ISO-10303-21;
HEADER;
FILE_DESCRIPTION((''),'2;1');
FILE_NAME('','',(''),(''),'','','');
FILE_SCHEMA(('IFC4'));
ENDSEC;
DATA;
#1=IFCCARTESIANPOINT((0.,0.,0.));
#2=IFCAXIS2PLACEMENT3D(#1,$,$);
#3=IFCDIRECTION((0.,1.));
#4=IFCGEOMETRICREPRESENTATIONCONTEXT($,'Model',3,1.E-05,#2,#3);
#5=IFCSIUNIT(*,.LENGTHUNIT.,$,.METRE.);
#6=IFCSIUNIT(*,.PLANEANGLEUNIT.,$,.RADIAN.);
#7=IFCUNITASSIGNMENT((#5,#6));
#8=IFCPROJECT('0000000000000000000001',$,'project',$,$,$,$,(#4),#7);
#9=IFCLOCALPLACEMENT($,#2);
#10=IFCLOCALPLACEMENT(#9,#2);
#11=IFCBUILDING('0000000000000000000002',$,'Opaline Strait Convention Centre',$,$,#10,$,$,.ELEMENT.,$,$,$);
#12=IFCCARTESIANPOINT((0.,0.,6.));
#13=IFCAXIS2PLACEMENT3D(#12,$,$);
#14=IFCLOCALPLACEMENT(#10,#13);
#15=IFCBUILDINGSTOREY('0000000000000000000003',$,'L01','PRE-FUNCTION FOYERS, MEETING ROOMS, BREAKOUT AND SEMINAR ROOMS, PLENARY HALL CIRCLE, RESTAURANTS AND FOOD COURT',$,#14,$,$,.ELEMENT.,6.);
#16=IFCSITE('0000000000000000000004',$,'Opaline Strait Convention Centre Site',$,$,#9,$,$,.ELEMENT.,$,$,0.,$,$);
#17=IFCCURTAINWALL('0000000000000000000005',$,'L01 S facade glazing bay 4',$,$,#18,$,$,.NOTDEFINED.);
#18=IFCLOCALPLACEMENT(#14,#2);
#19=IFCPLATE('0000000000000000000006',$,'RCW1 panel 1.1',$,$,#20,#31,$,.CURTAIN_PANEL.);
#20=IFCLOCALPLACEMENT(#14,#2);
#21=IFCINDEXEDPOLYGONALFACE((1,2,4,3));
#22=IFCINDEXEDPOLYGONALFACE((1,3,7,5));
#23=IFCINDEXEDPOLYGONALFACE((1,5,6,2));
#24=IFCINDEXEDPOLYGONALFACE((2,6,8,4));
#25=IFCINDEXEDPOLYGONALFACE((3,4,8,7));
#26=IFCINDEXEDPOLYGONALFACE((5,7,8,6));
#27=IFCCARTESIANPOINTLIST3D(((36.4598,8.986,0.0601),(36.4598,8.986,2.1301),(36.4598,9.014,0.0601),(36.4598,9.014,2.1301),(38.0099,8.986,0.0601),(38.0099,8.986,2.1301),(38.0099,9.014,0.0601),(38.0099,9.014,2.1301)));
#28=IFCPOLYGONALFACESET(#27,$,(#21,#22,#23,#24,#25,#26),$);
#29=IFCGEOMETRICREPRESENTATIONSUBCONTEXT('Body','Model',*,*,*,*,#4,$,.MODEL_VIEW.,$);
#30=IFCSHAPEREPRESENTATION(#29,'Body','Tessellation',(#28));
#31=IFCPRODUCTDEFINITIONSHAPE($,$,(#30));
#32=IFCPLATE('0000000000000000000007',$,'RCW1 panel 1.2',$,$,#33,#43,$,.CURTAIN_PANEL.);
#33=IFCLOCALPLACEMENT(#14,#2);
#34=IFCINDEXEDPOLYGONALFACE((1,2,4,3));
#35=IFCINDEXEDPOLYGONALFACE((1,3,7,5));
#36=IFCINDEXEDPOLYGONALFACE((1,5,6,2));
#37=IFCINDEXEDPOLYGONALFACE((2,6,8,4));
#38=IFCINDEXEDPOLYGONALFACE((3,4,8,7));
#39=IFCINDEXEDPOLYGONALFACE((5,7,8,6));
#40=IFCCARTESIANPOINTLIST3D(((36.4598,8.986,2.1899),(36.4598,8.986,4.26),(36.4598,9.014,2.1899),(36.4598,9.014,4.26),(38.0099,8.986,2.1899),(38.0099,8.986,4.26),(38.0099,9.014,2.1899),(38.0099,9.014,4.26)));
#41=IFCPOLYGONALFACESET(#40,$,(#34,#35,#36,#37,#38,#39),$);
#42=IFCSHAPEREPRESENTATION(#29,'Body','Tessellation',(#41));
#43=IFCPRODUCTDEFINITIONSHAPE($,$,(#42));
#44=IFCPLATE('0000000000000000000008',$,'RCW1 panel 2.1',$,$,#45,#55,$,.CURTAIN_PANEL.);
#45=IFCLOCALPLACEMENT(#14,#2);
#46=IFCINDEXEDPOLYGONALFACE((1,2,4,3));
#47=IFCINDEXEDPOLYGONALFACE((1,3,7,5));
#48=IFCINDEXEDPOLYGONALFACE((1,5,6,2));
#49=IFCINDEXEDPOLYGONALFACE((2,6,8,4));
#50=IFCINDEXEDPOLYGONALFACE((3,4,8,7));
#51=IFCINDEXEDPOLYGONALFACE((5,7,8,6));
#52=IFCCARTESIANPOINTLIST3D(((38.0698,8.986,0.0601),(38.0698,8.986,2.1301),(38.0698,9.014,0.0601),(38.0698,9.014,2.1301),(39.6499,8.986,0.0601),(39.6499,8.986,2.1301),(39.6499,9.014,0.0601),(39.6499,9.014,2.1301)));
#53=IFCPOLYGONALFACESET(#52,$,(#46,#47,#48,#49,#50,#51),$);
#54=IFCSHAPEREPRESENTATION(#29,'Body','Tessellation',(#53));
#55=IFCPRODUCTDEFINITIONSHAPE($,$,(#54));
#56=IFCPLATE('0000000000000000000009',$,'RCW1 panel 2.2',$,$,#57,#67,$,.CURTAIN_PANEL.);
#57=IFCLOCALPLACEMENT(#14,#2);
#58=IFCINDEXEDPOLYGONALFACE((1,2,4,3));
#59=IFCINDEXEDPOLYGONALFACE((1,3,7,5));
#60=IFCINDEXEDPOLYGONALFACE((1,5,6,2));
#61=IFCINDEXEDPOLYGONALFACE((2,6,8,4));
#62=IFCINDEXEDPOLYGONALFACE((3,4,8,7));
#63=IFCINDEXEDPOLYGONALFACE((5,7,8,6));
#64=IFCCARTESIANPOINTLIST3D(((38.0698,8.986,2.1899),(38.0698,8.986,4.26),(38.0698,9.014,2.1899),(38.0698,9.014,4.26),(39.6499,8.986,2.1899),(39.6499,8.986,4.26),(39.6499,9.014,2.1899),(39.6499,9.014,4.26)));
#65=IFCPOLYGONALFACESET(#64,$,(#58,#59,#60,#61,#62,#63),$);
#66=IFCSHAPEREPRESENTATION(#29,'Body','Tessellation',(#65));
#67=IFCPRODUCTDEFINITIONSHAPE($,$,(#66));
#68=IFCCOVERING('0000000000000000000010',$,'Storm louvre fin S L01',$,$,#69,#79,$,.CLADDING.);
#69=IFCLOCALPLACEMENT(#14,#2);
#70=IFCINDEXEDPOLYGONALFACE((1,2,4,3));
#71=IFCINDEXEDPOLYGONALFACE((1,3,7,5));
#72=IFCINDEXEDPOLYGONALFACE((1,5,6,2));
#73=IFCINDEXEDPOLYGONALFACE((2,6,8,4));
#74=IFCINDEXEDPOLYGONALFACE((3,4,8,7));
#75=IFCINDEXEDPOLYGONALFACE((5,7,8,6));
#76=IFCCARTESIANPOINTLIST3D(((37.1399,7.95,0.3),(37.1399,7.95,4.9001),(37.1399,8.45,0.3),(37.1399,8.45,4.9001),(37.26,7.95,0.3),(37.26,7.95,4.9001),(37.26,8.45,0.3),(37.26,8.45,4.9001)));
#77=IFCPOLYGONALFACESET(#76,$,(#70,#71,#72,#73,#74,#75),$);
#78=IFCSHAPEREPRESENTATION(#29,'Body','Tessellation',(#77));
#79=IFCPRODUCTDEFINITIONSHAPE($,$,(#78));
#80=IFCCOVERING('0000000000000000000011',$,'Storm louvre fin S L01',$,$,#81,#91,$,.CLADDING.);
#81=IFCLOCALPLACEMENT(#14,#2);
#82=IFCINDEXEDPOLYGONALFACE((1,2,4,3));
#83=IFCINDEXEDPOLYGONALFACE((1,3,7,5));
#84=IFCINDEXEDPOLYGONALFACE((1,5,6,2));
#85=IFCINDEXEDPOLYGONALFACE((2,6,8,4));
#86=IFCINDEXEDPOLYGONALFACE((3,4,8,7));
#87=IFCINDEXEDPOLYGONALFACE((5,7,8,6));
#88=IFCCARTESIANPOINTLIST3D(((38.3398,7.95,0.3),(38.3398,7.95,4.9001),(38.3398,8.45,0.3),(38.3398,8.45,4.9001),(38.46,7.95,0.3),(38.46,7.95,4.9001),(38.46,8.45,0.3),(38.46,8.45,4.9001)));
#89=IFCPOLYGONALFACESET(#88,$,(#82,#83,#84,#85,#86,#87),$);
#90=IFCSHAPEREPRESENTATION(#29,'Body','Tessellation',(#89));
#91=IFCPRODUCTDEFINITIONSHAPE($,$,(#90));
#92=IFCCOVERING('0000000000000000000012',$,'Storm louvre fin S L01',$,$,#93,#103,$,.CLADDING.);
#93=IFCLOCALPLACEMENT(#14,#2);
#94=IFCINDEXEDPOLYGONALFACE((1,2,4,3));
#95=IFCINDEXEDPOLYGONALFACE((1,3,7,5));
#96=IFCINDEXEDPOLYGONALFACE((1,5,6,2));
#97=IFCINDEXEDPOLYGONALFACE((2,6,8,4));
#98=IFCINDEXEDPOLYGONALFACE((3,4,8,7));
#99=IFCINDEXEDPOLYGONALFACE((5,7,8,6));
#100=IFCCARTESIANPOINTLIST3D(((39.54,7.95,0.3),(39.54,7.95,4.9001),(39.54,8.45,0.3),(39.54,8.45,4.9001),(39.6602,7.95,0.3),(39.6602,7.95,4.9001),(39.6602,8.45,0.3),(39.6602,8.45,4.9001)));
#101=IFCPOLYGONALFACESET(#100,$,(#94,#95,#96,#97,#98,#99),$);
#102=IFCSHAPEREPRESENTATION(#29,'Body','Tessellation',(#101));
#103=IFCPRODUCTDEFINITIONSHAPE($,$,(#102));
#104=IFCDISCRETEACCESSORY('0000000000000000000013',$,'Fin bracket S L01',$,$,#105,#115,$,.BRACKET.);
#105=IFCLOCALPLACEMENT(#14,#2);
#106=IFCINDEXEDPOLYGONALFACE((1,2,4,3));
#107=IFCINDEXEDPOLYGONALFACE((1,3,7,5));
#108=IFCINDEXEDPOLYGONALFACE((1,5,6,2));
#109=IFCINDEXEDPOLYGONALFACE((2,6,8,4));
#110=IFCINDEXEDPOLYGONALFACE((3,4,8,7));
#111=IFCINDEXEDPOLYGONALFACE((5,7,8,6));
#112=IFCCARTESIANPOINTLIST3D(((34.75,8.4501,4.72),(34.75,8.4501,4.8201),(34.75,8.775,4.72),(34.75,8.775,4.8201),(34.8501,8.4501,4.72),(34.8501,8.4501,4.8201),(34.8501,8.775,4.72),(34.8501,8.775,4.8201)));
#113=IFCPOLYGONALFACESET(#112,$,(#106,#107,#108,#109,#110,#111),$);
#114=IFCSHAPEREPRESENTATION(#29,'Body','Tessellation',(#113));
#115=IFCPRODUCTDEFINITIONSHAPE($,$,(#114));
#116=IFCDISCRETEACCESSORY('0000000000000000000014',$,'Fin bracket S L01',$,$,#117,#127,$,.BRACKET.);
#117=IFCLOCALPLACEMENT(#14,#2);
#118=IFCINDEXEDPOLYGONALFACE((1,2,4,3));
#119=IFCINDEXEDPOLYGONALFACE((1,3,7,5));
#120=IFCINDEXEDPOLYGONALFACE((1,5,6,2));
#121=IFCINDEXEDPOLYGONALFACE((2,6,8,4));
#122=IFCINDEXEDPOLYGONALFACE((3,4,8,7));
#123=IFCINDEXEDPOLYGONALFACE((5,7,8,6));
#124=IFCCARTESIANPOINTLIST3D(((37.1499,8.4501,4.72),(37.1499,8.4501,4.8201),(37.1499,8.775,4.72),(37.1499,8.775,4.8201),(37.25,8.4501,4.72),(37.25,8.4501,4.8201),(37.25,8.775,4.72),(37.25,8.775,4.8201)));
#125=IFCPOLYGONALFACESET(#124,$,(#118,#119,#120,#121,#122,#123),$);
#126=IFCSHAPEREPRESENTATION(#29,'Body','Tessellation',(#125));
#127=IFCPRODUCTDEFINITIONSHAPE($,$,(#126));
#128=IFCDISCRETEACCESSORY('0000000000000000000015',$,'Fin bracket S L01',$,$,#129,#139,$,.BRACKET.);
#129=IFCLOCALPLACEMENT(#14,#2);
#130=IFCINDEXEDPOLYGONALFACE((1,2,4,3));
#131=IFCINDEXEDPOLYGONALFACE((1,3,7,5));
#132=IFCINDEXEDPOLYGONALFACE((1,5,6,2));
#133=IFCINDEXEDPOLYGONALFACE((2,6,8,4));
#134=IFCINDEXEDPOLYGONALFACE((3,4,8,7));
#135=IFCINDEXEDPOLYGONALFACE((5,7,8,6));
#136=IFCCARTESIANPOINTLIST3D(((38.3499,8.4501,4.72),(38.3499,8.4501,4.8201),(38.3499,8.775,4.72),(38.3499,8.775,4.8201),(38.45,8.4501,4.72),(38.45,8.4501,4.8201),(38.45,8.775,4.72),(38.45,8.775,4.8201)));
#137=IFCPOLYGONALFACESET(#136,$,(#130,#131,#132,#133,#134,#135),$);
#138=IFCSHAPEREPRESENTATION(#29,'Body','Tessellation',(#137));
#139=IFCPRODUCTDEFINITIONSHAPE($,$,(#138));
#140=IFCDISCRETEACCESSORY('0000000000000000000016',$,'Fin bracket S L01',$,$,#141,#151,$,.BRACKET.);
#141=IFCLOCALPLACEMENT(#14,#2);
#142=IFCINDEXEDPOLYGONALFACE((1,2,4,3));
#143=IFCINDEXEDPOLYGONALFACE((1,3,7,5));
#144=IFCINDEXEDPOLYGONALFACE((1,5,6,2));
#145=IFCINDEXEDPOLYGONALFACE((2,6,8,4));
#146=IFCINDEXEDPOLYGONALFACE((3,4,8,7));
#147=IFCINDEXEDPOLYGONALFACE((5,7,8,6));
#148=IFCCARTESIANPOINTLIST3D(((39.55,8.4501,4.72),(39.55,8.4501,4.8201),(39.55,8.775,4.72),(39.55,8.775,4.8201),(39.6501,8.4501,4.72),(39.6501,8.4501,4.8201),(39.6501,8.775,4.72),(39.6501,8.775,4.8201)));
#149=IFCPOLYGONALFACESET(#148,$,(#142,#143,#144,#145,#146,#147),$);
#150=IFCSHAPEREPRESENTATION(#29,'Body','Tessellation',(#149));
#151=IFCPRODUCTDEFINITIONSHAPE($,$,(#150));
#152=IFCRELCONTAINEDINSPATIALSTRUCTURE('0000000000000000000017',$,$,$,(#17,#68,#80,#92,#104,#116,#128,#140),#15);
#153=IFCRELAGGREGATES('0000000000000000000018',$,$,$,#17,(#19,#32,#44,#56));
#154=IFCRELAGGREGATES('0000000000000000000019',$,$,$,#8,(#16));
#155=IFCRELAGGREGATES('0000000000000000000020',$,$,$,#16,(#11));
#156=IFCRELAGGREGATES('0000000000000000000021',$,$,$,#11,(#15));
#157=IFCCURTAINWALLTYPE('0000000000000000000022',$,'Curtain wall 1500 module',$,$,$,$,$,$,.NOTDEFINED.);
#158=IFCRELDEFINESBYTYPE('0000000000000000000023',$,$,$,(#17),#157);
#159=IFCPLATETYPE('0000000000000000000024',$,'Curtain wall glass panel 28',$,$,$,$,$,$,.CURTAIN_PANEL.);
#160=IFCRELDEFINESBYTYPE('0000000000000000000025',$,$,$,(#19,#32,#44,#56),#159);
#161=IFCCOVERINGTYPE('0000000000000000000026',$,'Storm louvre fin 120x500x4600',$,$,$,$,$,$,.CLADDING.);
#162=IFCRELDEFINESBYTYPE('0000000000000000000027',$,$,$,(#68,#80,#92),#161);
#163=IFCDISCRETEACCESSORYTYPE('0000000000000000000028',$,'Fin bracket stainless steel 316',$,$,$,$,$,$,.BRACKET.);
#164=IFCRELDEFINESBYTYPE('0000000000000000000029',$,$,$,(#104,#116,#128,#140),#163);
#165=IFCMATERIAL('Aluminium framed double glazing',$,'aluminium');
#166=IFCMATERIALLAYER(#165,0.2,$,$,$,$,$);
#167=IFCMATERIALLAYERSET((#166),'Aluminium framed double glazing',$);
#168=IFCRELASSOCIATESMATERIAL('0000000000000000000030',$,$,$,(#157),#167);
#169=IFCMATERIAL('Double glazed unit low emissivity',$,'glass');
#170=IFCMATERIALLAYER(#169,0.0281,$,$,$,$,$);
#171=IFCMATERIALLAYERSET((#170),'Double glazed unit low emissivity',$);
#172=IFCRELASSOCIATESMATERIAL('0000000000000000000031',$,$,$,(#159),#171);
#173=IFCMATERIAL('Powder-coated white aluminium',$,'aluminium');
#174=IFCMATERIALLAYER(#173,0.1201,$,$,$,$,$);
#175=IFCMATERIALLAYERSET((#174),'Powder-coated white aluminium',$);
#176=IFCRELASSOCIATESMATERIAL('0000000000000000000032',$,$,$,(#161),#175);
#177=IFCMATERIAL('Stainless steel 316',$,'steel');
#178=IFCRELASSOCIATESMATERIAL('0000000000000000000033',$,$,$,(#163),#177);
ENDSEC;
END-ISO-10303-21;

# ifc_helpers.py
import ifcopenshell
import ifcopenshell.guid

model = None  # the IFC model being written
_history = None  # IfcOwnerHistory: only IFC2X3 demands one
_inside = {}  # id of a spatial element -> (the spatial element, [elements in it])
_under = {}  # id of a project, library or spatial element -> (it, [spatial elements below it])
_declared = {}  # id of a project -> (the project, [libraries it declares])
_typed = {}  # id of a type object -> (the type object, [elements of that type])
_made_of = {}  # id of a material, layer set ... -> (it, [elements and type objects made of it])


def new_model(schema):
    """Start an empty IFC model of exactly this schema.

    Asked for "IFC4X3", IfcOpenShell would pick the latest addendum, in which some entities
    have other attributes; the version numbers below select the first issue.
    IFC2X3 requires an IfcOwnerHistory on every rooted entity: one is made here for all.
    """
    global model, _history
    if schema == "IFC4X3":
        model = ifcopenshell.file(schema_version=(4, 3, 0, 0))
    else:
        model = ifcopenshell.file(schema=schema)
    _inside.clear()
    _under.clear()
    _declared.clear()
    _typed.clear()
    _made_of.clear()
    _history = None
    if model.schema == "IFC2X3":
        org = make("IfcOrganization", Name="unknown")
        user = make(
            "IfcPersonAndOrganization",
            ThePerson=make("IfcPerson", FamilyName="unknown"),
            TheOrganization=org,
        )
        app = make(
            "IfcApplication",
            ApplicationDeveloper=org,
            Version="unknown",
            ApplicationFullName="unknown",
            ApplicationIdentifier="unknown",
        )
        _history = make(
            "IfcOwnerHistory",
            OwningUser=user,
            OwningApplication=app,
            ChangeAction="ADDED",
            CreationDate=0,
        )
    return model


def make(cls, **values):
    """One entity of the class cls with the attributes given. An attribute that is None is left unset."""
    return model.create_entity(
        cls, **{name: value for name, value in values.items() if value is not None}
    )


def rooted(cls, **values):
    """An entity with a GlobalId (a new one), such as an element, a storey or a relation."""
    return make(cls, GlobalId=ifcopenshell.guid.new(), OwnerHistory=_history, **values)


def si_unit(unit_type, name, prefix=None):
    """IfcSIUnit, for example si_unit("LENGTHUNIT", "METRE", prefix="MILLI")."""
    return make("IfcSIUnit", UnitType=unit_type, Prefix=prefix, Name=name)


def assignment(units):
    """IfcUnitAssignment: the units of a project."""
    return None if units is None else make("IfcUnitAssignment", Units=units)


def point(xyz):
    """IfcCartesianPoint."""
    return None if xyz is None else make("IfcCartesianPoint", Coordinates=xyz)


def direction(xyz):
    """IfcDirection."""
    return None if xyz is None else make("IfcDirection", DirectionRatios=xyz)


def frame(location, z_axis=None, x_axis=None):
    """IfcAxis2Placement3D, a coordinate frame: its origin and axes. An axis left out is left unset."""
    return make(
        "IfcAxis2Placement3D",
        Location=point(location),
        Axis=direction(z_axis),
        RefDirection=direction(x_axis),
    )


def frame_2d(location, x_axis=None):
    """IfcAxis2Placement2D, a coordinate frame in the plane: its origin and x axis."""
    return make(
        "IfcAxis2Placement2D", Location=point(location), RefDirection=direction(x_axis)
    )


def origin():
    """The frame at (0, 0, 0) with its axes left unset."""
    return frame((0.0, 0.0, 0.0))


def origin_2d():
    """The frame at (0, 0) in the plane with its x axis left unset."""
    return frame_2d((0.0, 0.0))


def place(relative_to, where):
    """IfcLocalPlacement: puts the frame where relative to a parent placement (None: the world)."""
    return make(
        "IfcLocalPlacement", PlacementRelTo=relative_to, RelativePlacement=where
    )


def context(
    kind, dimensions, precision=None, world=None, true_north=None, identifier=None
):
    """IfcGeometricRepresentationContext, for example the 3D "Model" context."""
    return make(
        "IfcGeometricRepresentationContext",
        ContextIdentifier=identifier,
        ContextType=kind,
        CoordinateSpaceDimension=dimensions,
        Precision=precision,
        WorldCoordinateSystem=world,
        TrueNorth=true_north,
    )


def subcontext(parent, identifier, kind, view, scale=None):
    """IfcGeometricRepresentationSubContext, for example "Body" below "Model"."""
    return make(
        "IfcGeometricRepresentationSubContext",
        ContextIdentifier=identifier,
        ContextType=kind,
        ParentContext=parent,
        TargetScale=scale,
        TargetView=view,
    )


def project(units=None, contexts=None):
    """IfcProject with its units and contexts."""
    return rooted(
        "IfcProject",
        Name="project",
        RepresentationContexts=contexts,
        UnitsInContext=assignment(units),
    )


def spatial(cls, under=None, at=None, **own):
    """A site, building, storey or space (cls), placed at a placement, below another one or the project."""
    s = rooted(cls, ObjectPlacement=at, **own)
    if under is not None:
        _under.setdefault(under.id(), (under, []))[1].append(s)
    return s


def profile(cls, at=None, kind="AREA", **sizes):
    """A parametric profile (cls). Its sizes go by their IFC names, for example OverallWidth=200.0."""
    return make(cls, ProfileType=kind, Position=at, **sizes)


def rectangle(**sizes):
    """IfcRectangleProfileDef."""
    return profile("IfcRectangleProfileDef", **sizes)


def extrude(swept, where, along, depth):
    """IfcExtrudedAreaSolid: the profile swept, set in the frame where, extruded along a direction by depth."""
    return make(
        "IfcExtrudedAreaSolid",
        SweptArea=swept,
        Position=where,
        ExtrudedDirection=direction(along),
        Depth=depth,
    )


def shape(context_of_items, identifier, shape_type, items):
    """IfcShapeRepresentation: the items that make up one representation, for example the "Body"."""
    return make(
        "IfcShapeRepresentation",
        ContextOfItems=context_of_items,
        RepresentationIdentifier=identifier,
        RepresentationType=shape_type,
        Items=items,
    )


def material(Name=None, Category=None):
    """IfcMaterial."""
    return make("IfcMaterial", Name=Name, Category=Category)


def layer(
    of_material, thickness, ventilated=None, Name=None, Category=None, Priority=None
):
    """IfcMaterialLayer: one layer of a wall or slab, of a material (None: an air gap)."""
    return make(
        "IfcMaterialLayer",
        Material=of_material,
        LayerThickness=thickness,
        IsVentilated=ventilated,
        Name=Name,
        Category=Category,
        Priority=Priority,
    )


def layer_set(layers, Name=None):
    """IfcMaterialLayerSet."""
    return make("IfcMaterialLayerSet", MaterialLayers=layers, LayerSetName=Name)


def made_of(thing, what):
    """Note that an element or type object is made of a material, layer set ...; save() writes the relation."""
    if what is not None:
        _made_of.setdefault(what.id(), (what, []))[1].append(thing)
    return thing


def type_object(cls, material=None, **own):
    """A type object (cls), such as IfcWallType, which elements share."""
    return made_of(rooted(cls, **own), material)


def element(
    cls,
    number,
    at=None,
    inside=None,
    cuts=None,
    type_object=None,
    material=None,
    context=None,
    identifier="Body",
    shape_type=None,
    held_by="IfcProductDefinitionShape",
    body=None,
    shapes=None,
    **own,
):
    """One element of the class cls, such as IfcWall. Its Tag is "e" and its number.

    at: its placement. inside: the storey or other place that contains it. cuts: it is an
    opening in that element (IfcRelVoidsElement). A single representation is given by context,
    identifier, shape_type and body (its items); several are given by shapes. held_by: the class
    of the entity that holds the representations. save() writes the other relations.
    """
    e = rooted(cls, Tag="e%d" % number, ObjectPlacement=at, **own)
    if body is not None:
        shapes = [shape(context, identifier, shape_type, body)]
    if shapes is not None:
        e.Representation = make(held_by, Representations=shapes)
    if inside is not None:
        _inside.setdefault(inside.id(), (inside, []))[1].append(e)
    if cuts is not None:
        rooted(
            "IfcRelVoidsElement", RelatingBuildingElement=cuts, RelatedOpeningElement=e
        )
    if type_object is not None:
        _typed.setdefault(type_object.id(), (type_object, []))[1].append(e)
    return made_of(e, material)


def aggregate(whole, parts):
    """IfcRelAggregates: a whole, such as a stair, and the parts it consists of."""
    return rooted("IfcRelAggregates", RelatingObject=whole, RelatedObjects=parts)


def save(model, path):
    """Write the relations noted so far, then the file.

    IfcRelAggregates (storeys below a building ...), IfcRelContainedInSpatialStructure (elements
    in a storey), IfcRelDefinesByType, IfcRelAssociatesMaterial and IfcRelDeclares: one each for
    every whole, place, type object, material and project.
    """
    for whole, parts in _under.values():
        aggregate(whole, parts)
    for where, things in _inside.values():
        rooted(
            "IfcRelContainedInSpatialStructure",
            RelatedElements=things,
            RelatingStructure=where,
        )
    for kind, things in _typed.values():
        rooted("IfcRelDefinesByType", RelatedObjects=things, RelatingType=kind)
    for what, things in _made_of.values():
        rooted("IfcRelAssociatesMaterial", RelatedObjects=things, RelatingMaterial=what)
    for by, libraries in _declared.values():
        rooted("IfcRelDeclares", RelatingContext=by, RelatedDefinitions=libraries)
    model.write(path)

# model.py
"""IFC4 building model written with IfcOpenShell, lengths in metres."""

from ifc_helpers import new_model, si_unit, direction, frame, origin, origin_2d, place, context, subcontext, project, spatial, rectangle, extrude, material, layer, layer_set, type_object, element, aggregate, save


model = new_model("IFC4")

# Units and contexts
model_context = context("Model", 3, precision=1e-05, world=origin(), true_north=direction((0.0, 1.0)))
body_context = subcontext(model_context, "Body", "Model", "MODEL_VIEW")
ifc_project = project(units=[si_unit("LENGTHUNIT", "METRE"), si_unit("PLANEANGLEUNIT", "RADIAN")], contexts=[model_context])

# Site, building, storey
site_placement = place(None, origin())
site = spatial("IfcSite", under=ifc_project, at=site_placement, Name="Opaline Strait Convention Centre Site", CompositionType="ELEMENT", RefElevation=0.0)
building_placement = place(site_placement, origin())
building = spatial("IfcBuilding", under=site, at=building_placement, Name="Opaline Strait Convention Centre", CompositionType="ELEMENT")
storey_placement = place(building_placement, frame((0.0, 0.0, 6.0)))
storey = spatial("IfcBuildingStorey", under=building, at=storey_placement, Name="L01", Description="PRE-FUNCTION FOYERS, MEETING ROOMS, BREAKOUT AND SEMINAR ROOMS, PLENARY HALL CIRCLE, RESTAURANTS AND FOOD COURT", CompositionType="ELEMENT", Elevation=6.0)

# Shared definitions
ifc_material_1 = material(Name="Aluminium framed double glazing", Category="aluminium")
ifc_layer_1 = layer(ifc_material_1, 0.2)
ifc_layer_set_1 = layer_set([ifc_layer_1], Name="Aluminium framed double glazing")
curtain_wall_type = type_object("IfcCurtainWallType", Name="Curtain wall 1500 module", PredefinedType="NOTDEFINED", material=ifc_layer_set_1)

# Curtain wall
curtain_wall_1_placement = place(storey_placement, origin())
curtain_wall_1 = element("IfcCurtainWall", 1, at=curtain_wall_1_placement, inside=storey, type_object=curtain_wall_type, Name="L01 S facade glazing bay 4", PredefinedType="NOTDEFINED")

# Plates
ifc_material_2 = material(Name="Double glazed unit low emissivity", Category="glass")
ifc_layer_2 = layer(ifc_material_2, 0.0281)
ifc_layer_set_2 = layer_set([ifc_layer_2], Name="Double glazed unit low emissivity")
plate_type = type_object("IfcPlateType", Name="Curtain wall glass panel 28", PredefinedType="CURTAIN_PANEL", material=ifc_layer_set_2)
plate_1_placement = place(storey_placement, frame((37.2349, 9.0, 0.0601), z_axis=(0.0, 0.0, 1.0), x_axis=(1.0, 0.0, 0.0)))
plate_1 = element("IfcPlate", 2, at=plate_1_placement, type_object=plate_type, Name="RCW1 panel 1.1", PredefinedType="CURTAIN_PANEL", context=body_context, shape_type="SweptSolid", body=[
    extrude(rectangle(XDim=1.55, YDim=0.0281, at=origin_2d()), origin(), (0.0, 0.0, 1.0), 2.0701),
])
plate_2_placement = place(storey_placement, frame((37.2349, 9.0, 2.1899), z_axis=(0.0, 0.0, 1.0), x_axis=(1.0, 0.0, 0.0)))
plate_2 = element("IfcPlate", 3, at=plate_2_placement, type_object=plate_type, Name="RCW1 panel 1.2", PredefinedType="CURTAIN_PANEL", context=body_context, shape_type="SweptSolid", body=[
    extrude(rectangle(XDim=1.55, YDim=0.0281, at=origin_2d()), origin(), (0.0, 0.0, 1.0), 2.0701),
])
plate_3_placement = place(storey_placement, frame((38.8599, 9.0, 0.0601), z_axis=(0.0, 0.0, 1.0), x_axis=(1.0, 0.0, 0.0)))
plate_3 = element("IfcPlate", 4, at=plate_3_placement, type_object=plate_type, Name="RCW1 panel 2.1", PredefinedType="CURTAIN_PANEL", context=body_context, shape_type="SweptSolid", body=[
    extrude(rectangle(XDim=1.5801, YDim=0.0281, at=origin_2d()), origin(), (0.0, 0.0, 1.0), 2.0701),
])
plate_4_placement = place(storey_placement, frame((38.8599, 9.0, 2.1899), z_axis=(0.0, 0.0, 1.0), x_axis=(1.0, 0.0, 0.0)))
plate_4 = element("IfcPlate", 5, at=plate_4_placement, type_object=plate_type, Name="RCW1 panel 2.2", PredefinedType="CURTAIN_PANEL", context=body_context, shape_type="SweptSolid", body=[
    extrude(rectangle(XDim=1.5801, YDim=0.0281, at=origin_2d()), origin(), (0.0, 0.0, 1.0), 2.0701),
])
aggregate(curtain_wall_1, [plate_1, plate_2, plate_3, plate_4])

# Coverings
ifc_material_3 = material(Name="Powder-coated white aluminium", Category="aluminium")
ifc_layer_3 = layer(ifc_material_3, 0.1201)
ifc_layer_set_3 = layer_set([ifc_layer_3], Name="Powder-coated white aluminium")
covering_type = type_object("IfcCoveringType", Name="Storm louvre fin 120x500x4600", PredefinedType="CLADDING", material=ifc_layer_set_3)
for number, where, z_axis, x_axis, name in (
    (6, (37.2, 8.2, 0.3), (0.0, 0.0, 1.0), (1.0, 0.0, 0.0), "Storm louvre fin S L01"),
    (7, (38.3999, 8.2, 0.3), (0.0, 0.0, 1.0), (1.0, 0.0, 0.0), "Storm louvre fin S L01"),
    (8, (39.6001, 8.2, 0.3), (0.0, 0.0, 1.0), (1.0, 0.0, 0.0), "Storm louvre fin S L01"),
):
    element("IfcCovering", number, at=place(storey_placement, frame(where, z_axis=z_axis, x_axis=x_axis)), inside=storey, type_object=covering_type, Name=name, PredefinedType="CLADDING", context=body_context, shape_type="SweptSolid", body=[
        extrude(rectangle(XDim=0.1201, YDim=0.5, at=origin_2d()), origin(), (0.0, 0.0, 1.0), 4.6001),
    ])

# Discrete accessories
ifc_material_4 = material(Name="Stainless steel 316", Category="steel")
discrete_accessory_type = type_object("IfcDiscreteAccessoryType", Name="Fin bracket stainless steel 316", PredefinedType="BRACKET", material=ifc_material_4)
for number, where, z_axis, x_axis, name in (
    (9, (34.8, 8.6125, 4.72), (0.0, 0.0, 1.0), (1.0, 0.0, 0.0), "Fin bracket S L01"),
    (10, (37.2, 8.6125, 4.72), (0.0, 0.0, 1.0), (1.0, 0.0, 0.0), "Fin bracket S L01"),
    (11, (38.3999, 8.6125, 4.72), (0.0, 0.0, 1.0), (1.0, 0.0, 0.0), "Fin bracket S L01"),
    (12, (39.6001, 8.6125, 4.72), (0.0, 0.0, 1.0), (1.0, 0.0, 0.0), "Fin bracket S L01"),
):
    element("IfcDiscreteAccessory", number, at=place(storey_placement, frame(where, z_axis=z_axis, x_axis=x_axis)), inside=storey, type_object=discrete_accessory_type, Name=name, PredefinedType="BRACKET", context=body_context, shape_type="SweptSolid", body=[
        extrude(rectangle(XDim=0.1001, YDim=0.325, at=origin_2d()), origin(), (0.0, 0.0, 1.0), 0.1001),
    ])

save(model, "model.ifc")
